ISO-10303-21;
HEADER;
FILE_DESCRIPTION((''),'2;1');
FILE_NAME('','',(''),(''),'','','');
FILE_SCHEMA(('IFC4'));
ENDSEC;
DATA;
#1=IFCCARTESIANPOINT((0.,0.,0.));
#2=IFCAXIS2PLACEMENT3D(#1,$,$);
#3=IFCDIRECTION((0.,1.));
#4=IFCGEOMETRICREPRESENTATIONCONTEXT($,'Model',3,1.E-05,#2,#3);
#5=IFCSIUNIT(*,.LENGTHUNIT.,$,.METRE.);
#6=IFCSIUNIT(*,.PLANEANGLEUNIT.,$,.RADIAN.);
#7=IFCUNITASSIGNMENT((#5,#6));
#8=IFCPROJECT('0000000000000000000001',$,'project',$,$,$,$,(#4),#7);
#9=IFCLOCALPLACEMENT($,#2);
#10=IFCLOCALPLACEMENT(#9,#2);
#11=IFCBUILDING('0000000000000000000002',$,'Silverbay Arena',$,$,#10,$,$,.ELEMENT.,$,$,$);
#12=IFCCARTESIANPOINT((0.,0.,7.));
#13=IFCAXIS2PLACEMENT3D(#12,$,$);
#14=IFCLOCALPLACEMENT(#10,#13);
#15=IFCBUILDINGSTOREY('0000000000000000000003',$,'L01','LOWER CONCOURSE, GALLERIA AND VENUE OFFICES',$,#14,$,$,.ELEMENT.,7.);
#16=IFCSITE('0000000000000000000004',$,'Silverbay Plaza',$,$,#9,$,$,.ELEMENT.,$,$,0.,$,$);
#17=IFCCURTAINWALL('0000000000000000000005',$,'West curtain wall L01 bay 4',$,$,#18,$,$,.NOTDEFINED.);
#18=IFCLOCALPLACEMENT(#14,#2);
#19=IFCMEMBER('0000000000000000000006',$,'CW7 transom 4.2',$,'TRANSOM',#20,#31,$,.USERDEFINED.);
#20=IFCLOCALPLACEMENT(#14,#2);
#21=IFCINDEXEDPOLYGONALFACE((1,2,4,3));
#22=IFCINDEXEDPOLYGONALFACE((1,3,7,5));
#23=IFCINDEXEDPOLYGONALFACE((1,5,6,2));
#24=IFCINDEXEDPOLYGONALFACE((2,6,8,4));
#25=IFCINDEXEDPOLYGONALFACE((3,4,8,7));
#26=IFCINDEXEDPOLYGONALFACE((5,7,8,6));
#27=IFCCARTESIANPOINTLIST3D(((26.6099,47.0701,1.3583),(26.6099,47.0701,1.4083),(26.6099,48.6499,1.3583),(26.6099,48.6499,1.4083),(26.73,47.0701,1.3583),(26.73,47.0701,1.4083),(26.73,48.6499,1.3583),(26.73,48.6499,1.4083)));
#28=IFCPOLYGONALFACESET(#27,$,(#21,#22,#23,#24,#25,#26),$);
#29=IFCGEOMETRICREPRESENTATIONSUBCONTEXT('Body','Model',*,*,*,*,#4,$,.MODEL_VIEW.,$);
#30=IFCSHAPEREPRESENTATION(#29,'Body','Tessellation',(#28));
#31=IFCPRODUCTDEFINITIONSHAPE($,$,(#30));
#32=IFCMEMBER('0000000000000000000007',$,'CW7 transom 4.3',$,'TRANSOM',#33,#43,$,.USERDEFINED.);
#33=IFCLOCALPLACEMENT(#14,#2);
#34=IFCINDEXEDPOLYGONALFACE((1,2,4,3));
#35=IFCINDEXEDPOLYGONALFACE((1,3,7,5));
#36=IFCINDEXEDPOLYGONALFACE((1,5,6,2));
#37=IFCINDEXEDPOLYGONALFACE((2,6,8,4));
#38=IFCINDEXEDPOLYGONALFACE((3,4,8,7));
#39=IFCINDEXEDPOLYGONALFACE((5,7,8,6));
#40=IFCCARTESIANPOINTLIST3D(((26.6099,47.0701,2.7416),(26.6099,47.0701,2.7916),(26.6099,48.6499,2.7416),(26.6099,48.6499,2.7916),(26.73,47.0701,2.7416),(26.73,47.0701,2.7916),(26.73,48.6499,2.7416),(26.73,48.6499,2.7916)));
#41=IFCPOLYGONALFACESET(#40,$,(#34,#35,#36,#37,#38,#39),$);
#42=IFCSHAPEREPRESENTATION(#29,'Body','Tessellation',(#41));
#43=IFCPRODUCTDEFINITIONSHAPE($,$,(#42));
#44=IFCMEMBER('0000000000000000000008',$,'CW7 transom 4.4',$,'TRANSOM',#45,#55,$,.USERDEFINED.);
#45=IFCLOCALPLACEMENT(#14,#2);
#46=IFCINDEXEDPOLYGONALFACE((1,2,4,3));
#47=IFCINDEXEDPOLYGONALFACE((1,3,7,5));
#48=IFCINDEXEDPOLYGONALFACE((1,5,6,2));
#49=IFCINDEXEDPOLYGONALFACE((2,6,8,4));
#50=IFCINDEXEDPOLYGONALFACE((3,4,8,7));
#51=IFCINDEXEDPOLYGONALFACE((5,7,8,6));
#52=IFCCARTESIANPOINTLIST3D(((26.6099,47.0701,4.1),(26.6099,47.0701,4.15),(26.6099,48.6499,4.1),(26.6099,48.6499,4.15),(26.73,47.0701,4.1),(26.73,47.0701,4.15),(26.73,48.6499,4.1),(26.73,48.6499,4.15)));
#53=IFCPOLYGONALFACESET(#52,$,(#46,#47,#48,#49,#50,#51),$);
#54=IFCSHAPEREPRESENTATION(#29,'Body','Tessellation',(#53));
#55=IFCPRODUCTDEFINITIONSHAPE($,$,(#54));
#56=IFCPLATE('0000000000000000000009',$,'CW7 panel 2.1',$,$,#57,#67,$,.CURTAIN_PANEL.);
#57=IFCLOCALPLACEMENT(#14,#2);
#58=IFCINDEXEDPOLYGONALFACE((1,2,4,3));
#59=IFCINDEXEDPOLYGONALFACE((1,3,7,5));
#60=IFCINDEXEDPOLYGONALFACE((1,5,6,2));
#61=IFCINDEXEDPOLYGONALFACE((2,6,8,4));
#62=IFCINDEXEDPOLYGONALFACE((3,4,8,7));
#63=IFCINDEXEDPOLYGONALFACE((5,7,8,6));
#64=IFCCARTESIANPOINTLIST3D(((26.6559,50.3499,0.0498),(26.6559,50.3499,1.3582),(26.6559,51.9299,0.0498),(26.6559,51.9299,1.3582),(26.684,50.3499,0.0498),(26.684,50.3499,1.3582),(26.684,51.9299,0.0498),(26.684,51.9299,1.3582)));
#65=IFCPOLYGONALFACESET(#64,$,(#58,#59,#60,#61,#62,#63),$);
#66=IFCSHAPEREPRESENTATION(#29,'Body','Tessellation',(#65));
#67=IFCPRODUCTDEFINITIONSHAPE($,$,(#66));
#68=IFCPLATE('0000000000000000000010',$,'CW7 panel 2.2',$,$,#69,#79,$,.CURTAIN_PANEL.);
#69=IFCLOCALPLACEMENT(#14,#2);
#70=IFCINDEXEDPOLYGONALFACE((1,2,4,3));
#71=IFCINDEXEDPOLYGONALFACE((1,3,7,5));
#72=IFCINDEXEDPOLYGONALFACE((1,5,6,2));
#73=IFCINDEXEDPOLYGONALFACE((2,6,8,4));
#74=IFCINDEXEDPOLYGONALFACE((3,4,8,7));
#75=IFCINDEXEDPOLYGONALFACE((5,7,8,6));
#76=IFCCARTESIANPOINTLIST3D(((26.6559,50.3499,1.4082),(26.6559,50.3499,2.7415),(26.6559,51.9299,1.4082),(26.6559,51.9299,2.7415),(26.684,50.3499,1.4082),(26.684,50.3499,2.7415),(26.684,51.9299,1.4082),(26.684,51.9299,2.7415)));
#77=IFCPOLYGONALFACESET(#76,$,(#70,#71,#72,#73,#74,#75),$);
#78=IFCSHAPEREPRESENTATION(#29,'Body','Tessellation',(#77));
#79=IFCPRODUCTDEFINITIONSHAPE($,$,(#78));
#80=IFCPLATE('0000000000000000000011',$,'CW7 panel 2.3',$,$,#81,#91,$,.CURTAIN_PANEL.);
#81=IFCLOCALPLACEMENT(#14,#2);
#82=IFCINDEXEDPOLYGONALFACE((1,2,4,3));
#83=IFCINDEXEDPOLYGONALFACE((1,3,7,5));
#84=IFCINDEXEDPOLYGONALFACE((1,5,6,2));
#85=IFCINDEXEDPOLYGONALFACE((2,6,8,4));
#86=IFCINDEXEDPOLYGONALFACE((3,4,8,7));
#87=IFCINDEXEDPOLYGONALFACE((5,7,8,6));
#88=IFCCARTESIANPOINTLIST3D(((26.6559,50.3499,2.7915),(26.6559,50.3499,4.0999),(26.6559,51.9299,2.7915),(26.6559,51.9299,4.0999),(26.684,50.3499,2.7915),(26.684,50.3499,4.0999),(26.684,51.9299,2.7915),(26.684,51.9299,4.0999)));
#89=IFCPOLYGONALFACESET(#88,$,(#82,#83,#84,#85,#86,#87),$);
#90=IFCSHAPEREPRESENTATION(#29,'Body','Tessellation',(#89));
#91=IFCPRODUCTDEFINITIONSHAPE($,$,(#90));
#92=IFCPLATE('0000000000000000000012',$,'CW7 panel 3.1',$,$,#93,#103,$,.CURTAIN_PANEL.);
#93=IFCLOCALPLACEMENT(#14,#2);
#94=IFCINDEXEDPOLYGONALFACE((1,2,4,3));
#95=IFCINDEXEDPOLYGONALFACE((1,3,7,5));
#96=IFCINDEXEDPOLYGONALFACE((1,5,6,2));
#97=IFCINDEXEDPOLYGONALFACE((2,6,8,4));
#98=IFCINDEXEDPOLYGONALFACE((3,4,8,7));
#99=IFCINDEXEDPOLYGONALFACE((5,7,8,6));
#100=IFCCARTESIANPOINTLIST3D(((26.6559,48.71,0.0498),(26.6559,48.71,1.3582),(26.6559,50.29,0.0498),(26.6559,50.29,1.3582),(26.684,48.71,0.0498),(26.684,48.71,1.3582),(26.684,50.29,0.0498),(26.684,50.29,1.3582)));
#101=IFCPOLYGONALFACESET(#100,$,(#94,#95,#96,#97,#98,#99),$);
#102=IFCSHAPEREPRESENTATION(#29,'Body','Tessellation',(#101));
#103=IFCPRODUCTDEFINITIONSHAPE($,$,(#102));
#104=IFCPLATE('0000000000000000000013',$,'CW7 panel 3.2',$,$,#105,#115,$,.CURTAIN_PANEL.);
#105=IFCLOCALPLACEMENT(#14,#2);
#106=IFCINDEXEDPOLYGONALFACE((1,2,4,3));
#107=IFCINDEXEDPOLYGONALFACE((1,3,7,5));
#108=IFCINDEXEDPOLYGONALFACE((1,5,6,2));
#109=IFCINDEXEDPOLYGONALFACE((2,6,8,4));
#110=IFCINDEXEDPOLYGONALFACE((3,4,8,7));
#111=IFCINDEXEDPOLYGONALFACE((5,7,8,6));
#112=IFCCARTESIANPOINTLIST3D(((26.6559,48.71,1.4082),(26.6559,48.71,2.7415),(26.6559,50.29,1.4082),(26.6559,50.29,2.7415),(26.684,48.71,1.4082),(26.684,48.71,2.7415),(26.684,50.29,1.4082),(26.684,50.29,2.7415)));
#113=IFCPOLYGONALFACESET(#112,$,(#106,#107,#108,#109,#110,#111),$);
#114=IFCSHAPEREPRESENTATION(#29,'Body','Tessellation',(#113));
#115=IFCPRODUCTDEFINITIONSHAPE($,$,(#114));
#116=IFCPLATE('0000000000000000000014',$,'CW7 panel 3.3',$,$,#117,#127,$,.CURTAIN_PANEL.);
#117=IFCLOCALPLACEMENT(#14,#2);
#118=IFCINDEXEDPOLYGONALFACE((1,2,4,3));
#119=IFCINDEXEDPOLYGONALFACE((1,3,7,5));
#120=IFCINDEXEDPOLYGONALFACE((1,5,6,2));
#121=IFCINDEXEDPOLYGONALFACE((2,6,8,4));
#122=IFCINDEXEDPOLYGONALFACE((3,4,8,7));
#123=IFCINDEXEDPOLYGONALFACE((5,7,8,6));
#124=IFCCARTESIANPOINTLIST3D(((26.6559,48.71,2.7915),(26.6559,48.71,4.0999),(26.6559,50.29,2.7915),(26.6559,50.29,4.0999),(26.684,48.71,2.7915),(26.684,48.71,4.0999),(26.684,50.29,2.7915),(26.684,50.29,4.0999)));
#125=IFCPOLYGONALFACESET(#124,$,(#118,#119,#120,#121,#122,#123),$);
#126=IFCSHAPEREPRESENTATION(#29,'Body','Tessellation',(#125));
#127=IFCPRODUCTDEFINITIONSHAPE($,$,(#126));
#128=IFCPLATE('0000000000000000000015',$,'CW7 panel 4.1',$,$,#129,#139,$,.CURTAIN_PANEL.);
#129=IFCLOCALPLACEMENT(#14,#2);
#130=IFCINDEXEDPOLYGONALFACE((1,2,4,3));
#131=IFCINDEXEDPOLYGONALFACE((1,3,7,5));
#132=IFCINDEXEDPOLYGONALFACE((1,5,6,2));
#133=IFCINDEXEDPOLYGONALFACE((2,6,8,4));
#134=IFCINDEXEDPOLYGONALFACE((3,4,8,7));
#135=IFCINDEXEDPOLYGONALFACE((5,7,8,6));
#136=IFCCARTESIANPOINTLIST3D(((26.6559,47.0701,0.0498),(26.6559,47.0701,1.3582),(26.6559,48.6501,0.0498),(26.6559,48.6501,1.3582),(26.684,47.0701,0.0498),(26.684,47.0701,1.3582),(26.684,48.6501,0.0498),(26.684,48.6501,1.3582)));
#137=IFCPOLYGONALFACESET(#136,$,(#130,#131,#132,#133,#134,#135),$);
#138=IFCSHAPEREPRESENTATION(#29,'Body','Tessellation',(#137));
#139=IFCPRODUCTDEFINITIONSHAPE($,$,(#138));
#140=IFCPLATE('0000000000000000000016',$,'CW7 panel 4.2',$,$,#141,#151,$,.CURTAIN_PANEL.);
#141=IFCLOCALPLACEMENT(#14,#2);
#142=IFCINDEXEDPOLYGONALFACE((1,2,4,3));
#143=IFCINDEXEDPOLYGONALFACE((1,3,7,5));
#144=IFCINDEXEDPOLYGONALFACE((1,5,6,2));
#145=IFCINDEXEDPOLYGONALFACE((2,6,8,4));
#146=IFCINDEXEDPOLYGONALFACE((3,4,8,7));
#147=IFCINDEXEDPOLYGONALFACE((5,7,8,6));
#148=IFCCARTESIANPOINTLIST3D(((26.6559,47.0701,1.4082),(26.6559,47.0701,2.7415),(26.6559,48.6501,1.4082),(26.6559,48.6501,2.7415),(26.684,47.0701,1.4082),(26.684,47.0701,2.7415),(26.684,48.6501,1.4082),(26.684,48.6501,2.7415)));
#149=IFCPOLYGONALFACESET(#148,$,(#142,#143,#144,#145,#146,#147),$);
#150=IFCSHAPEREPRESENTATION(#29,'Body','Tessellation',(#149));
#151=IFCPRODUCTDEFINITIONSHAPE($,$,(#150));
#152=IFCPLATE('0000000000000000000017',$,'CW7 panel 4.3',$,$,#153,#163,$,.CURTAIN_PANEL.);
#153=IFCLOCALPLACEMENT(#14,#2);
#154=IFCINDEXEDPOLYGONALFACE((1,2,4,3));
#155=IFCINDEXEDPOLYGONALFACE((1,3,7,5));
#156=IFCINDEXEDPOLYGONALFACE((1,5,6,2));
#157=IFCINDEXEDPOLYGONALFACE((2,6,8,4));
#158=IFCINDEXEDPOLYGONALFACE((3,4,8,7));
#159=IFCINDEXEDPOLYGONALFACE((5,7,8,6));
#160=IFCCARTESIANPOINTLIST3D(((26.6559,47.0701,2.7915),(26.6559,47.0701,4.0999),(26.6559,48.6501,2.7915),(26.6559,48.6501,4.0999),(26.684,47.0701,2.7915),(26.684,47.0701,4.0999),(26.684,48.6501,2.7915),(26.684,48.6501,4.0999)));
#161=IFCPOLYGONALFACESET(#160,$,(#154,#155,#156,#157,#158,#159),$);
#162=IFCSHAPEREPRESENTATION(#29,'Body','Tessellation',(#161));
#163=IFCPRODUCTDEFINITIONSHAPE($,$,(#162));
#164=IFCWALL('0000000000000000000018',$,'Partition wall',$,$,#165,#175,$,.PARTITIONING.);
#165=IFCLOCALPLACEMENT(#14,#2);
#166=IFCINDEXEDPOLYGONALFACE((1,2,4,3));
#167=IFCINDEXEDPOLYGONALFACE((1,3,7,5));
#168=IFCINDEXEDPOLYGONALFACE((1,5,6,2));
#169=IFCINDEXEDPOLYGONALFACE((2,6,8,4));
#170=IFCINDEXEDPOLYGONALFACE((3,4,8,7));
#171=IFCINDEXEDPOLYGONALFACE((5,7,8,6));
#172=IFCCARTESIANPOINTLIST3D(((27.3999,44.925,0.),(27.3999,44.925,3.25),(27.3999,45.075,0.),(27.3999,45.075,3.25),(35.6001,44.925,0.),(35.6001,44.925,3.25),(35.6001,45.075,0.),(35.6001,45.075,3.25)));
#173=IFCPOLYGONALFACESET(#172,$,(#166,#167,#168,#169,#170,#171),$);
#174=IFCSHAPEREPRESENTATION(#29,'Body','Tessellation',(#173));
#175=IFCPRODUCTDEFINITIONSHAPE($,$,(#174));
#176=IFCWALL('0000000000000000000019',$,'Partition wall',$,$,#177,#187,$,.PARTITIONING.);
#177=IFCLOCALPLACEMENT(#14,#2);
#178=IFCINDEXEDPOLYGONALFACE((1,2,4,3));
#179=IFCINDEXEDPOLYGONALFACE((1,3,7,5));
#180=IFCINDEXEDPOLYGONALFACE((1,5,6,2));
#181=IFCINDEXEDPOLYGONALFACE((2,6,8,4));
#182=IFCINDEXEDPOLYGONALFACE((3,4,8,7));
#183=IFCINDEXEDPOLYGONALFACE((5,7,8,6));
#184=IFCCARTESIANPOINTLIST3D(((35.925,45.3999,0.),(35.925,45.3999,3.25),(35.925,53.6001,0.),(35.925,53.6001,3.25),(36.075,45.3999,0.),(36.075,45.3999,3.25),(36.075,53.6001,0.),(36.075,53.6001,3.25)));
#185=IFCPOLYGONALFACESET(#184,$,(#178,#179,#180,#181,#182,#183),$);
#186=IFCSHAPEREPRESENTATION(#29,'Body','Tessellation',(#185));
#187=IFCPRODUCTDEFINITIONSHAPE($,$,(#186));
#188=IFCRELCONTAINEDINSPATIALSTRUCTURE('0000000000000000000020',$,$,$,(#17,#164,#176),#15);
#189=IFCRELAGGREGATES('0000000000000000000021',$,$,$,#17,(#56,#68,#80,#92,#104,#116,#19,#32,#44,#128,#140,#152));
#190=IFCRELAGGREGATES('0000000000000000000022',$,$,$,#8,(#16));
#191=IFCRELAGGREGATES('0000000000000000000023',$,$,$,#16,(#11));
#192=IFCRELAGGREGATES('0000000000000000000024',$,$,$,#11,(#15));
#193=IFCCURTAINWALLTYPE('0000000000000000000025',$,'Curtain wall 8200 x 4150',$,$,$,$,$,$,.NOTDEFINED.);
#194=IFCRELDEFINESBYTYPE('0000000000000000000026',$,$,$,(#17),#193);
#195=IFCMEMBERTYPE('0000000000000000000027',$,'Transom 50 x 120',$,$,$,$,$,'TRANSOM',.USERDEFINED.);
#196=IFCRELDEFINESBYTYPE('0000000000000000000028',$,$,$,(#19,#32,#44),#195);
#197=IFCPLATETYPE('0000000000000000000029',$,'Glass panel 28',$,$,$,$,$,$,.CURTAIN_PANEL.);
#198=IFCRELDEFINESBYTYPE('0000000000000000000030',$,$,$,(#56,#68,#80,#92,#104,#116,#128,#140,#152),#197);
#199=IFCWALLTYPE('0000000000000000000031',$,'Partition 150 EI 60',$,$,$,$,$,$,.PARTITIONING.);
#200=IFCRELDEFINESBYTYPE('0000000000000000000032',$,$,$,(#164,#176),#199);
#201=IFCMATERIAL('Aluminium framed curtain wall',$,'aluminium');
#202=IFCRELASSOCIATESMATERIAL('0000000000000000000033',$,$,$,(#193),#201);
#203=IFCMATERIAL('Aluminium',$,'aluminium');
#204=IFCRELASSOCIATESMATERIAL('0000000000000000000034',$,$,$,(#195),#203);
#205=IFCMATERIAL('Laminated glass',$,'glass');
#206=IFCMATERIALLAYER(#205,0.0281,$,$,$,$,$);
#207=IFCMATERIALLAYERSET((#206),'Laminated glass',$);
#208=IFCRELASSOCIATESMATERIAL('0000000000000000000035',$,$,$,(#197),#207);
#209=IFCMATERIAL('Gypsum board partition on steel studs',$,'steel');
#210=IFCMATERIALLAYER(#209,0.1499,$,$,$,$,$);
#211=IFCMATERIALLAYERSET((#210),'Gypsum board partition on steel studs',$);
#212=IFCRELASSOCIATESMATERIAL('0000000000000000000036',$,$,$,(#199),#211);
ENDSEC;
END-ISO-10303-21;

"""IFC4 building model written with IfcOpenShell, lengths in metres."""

from ifc_helpers import new_model, si_unit, direction, frame, frame_2d, origin, origin_2d, place, context, subcontext, project, spatial, rectangle, extrude, material, layer, layer_set, material_profile, profile_set, type_object, element, aggregate, save


model = new_model("IFC4")

# Units and contexts
model_context = context("Model", 3, precision=1e-05, world=origin(), true_north=direction((0.0, 1.0)))
body_context = subcontext(model_context, "Body", "Model", "MODEL_VIEW")
ifc_project = project(units=[si_unit("LENGTHUNIT", "METRE"), si_unit("PLANEANGLEUNIT", "RADIAN")], contexts=[model_context])

# Site, building, storey
site_placement = place(None, origin())
site = spatial("IfcSite", under=ifc_project, at=site_placement, Name="Silverbay Plaza", CompositionType="ELEMENT", RefElevation=0.0)
building_placement = place(site_placement, origin())
building = spatial("IfcBuilding", under=site, at=building_placement, Name="Silverbay Arena", CompositionType="ELEMENT")
storey_placement = place(building_placement, frame((0.0, 0.0, 7.0)))
storey = spatial("IfcBuildingStorey", under=building, at=storey_placement, Name="L01", Description="LOWER CONCOURSE, GALLERIA AND VENUE OFFICES", CompositionType="ELEMENT", Elevation=7.0)

# Curtain wall
ifc_material_1 = material(Name="Aluminium framed curtain wall", Category="aluminium")
curtain_wall_type = type_object("IfcCurtainWallType", Name="Curtain wall 8200 x 4150", PredefinedType="NOTDEFINED", material=ifc_material_1)
curtain_wall_placement = place(storey_placement, origin())
curtain_wall = element("IfcCurtainWall", 1, at=curtain_wall_placement, inside=storey, type_object=curtain_wall_type, Name="West curtain wall L01 bay 4", PredefinedType="NOTDEFINED")

# Members
ifc_material_2 = material(Name="Aluminium", Category="aluminium")
ifc_material_profile_1 = material_profile(ifc_material_2, rectangle(XDim=0.1201, YDim=0.05, at=origin_2d()), Name="Transom 50 x 120")
ifc_profile_set_1 = profile_set([ifc_material_profile_1], Name="Aluminium")
member_type_1 = type_object("IfcMemberType", Name="Transom 50 x 120", ElementType="TRANSOM", PredefinedType="USERDEFINED", material=ifc_profile_set_1)
member_1_placement = place(storey_placement, frame((26.6699, 48.6499, 1.3833), z_axis=(0.0, -1.0, 0.0), x_axis=(1.0, 0.0, 0.0)))
member_1 = element("IfcMember", 2, at=member_1_placement, type_object=member_type_1, Name="CW7 transom 4.2", ObjectType="TRANSOM", PredefinedType="USERDEFINED", context=body_context, shape_type="SweptSolid", body=[
    extrude(rectangle(XDim=0.1201, YDim=0.05, at=origin_2d()), origin(), (0.0, 0.0, 1.0), 1.5798),
])
member_2_placement = place(storey_placement, frame((26.6699, 48.6499, 2.7666), z_axis=(0.0, -1.0, 0.0), x_axis=(1.0, 0.0, 0.0)))
member_2 = element("IfcMember", 3, at=member_2_placement, type_object=member_type_1, Name="CW7 transom 4.3", ObjectType="TRANSOM", PredefinedType="USERDEFINED", context=body_context, shape_type="SweptSolid", body=[
    extrude(rectangle(XDim=0.1201, YDim=0.05, at=origin_2d()), origin(), (0.0, 0.0, 1.0), 1.5798),
])
member_3_placement = place(storey_placement, frame((26.6699, 48.6499, 4.125), z_axis=(0.0, -1.0, 0.0), x_axis=(1.0, 0.0, 0.0)))
member_3 = element("IfcMember", 4, at=member_3_placement, type_object=member_type_1, Name="CW7 transom 4.4", ObjectType="TRANSOM", PredefinedType="USERDEFINED", context=body_context, shape_type="SweptSolid", body=[
    extrude(rectangle(XDim=0.1201, YDim=0.05, at=origin_2d()), origin(), (0.0, 0.0, 1.0), 1.5798),
])

# Plates
ifc_material_3 = material(Name="Laminated glass", Category="glass")
ifc_layer_1 = layer(ifc_material_3, 0.0281)
ifc_layer_set_1 = layer_set([ifc_layer_1], Name="Laminated glass")
plate_type = type_object("IfcPlateType", Name="Glass panel 28", PredefinedType="CURTAIN_PANEL", material=ifc_layer_set_1)
plate_1_placement = place(storey_placement, frame((26.6699, 51.1399, 0.0498), z_axis=(0.0, 0.0, 1.0), x_axis=(0.0, -1.0, 0.0)))
plate_1 = element("IfcPlate", 5, at=plate_1_placement, type_object=plate_type, Name="CW7 panel 2.1", PredefinedType="CURTAIN_PANEL", context=body_context, shape_type="SweptSolid", body=[
    extrude(rectangle(XDim=1.5801, YDim=0.0281, at=origin_2d()), origin(), (0.0, 0.0, 1.0), 1.3083),
])
plate_2_placement = place(storey_placement, frame((26.6699, 51.1399, 1.4082), z_axis=(0.0, 0.0, 1.0), x_axis=(0.0, -1.0, 0.0)))
plate_2 = element("IfcPlate", 6, at=plate_2_placement, type_object=plate_type, Name="CW7 panel 2.2", PredefinedType="CURTAIN_PANEL", context=body_context, shape_type="SweptSolid", body=[
    extrude(rectangle(XDim=1.5801, YDim=0.0281, at=origin_2d()), origin(), (0.0, 0.0, 1.0), 1.3333),
])
plate_3_placement = place(storey_placement, frame((26.6699, 51.1399, 2.7915), z_axis=(0.0, 0.0, 1.0), x_axis=(0.0, -1.0, 0.0)))
plate_3 = element("IfcPlate", 7, at=plate_3_placement, type_object=plate_type, Name="CW7 panel 2.3", PredefinedType="CURTAIN_PANEL", context=body_context, shape_type="SweptSolid", body=[
    extrude(rectangle(XDim=1.5801, YDim=0.0281, at=origin_2d()), origin(), (0.0, 0.0, 1.0), 1.3083),
])
plate_4_placement = place(storey_placement, frame((26.6699, 49.5, 0.0498), z_axis=(0.0, 0.0, 1.0), x_axis=(0.0, -1.0, 0.0)))
plate_4 = element("IfcPlate", 8, at=plate_4_placement, type_object=plate_type, Name="CW7 panel 3.1", PredefinedType="CURTAIN_PANEL", context=body_context, shape_type="SweptSolid", body=[
    extrude(rectangle(XDim=1.5801, YDim=0.0281, at=origin_2d()), origin(), (0.0, 0.0, 1.0), 1.3083),
])
plate_5_placement = place(storey_placement, frame((26.6699, 49.5, 1.4082), z_axis=(0.0, 0.0, 1.0), x_axis=(0.0, -1.0, 0.0)))
plate_5 = element("IfcPlate", 9, at=plate_5_placement, type_object=plate_type, Name="CW7 panel 3.2", PredefinedType="CURTAIN_PANEL", context=body_context, shape_type="SweptSolid", body=[
    extrude(rectangle(XDim=1.5801, YDim=0.0281, at=origin_2d()), origin(), (0.0, 0.0, 1.0), 1.3333),
])
plate_6_placement = place(storey_placement, frame((26.6699, 49.5, 2.7915), z_axis=(0.0, 0.0, 1.0), x_axis=(0.0, -1.0, 0.0)))
plate_6 = element("IfcPlate", 10, at=plate_6_placement, type_object=plate_type, Name="CW7 panel 3.3", PredefinedType="CURTAIN_PANEL", context=body_context, shape_type="SweptSolid", body=[
    extrude(rectangle(XDim=1.5801, YDim=0.0281, at=origin_2d()), origin(), (0.0, 0.0, 1.0), 1.3083),
])
plate_7_placement = place(storey_placement, frame((26.6699, 47.8601, 0.0498), z_axis=(0.0, 0.0, 1.0), x_axis=(0.0, -1.0, 0.0)))
plate_7 = element("IfcPlate", 11, at=plate_7_placement, type_object=plate_type, Name="CW7 panel 4.1", PredefinedType="CURTAIN_PANEL", context=body_context, shape_type="SweptSolid", body=[
    extrude(rectangle(XDim=1.5801, YDim=0.0281, at=origin_2d()), origin(), (0.0, 0.0, 1.0), 1.3083),
])
plate_8_placement = place(storey_placement, frame((26.6699, 47.8601, 1.4082), z_axis=(0.0, 0.0, 1.0), x_axis=(0.0, -1.0, 0.0)))
plate_8 = element("IfcPlate", 12, at=plate_8_placement, type_object=plate_type, Name="CW7 panel 4.2", PredefinedType="CURTAIN_PANEL", context=body_context, shape_type="SweptSolid", body=[
    extrude(rectangle(XDim=1.5801, YDim=0.0281, at=origin_2d()), origin(), (0.0, 0.0, 1.0), 1.3333),
])
plate_9_placement = place(storey_placement, frame((26.6699, 47.8601, 2.7915), z_axis=(0.0, 0.0, 1.0), x_axis=(0.0, -1.0, 0.0)))
plate_9 = element("IfcPlate", 13, at=plate_9_placement, type_object=plate_type, Name="CW7 panel 4.3", PredefinedType="CURTAIN_PANEL", context=body_context, shape_type="SweptSolid", body=[
    extrude(rectangle(XDim=1.5801, YDim=0.0281, at=origin_2d()), origin(), (0.0, 0.0, 1.0), 1.3083),
])
aggregate(curtain_wall, [plate_1, plate_2, plate_3, plate_4, plate_5, plate_6, member_1, member_2, member_3, plate_7, plate_8, plate_9])

# Walls
ifc_material_4 = material(Name="Gypsum board partition on steel studs", Category="steel")
ifc_layer_2 = layer(ifc_material_4, 0.1499)
ifc_layer_set_2 = layer_set([ifc_layer_2], Name="Gypsum board partition on steel studs")
wall_type = type_object("IfcWallType", Name="Partition 150 EI 60", PredefinedType="PARTITIONING", material=ifc_layer_set_2)
for number, where, z_axis, x_axis, name in (
    (14, (27.3999, 45.0, 0.0), (0.0, 0.0, 1.0), (1.0, 0.0, 0.0), "Partition wall"),
    (15, (36.0, 45.3999, 0.0), (0.0, 0.0, 1.0), (0.0, 1.0, 0.0), "Partition wall"),
):
    element("IfcWall", number, at=place(storey_placement, frame(where, z_axis=z_axis, x_axis=x_axis)), inside=storey, type_object=wall_type, Name=name, PredefinedType="PARTITIONING", context=body_context, shape_type="SweptSolid", body=[
        extrude(rectangle(XDim=8.2002, YDim=0.1499, at=frame_2d((4.1001, 0.0))), origin(), (0.0, 0.0, 1.0), 3.25),
    ])

save(model, "model.ifc")
